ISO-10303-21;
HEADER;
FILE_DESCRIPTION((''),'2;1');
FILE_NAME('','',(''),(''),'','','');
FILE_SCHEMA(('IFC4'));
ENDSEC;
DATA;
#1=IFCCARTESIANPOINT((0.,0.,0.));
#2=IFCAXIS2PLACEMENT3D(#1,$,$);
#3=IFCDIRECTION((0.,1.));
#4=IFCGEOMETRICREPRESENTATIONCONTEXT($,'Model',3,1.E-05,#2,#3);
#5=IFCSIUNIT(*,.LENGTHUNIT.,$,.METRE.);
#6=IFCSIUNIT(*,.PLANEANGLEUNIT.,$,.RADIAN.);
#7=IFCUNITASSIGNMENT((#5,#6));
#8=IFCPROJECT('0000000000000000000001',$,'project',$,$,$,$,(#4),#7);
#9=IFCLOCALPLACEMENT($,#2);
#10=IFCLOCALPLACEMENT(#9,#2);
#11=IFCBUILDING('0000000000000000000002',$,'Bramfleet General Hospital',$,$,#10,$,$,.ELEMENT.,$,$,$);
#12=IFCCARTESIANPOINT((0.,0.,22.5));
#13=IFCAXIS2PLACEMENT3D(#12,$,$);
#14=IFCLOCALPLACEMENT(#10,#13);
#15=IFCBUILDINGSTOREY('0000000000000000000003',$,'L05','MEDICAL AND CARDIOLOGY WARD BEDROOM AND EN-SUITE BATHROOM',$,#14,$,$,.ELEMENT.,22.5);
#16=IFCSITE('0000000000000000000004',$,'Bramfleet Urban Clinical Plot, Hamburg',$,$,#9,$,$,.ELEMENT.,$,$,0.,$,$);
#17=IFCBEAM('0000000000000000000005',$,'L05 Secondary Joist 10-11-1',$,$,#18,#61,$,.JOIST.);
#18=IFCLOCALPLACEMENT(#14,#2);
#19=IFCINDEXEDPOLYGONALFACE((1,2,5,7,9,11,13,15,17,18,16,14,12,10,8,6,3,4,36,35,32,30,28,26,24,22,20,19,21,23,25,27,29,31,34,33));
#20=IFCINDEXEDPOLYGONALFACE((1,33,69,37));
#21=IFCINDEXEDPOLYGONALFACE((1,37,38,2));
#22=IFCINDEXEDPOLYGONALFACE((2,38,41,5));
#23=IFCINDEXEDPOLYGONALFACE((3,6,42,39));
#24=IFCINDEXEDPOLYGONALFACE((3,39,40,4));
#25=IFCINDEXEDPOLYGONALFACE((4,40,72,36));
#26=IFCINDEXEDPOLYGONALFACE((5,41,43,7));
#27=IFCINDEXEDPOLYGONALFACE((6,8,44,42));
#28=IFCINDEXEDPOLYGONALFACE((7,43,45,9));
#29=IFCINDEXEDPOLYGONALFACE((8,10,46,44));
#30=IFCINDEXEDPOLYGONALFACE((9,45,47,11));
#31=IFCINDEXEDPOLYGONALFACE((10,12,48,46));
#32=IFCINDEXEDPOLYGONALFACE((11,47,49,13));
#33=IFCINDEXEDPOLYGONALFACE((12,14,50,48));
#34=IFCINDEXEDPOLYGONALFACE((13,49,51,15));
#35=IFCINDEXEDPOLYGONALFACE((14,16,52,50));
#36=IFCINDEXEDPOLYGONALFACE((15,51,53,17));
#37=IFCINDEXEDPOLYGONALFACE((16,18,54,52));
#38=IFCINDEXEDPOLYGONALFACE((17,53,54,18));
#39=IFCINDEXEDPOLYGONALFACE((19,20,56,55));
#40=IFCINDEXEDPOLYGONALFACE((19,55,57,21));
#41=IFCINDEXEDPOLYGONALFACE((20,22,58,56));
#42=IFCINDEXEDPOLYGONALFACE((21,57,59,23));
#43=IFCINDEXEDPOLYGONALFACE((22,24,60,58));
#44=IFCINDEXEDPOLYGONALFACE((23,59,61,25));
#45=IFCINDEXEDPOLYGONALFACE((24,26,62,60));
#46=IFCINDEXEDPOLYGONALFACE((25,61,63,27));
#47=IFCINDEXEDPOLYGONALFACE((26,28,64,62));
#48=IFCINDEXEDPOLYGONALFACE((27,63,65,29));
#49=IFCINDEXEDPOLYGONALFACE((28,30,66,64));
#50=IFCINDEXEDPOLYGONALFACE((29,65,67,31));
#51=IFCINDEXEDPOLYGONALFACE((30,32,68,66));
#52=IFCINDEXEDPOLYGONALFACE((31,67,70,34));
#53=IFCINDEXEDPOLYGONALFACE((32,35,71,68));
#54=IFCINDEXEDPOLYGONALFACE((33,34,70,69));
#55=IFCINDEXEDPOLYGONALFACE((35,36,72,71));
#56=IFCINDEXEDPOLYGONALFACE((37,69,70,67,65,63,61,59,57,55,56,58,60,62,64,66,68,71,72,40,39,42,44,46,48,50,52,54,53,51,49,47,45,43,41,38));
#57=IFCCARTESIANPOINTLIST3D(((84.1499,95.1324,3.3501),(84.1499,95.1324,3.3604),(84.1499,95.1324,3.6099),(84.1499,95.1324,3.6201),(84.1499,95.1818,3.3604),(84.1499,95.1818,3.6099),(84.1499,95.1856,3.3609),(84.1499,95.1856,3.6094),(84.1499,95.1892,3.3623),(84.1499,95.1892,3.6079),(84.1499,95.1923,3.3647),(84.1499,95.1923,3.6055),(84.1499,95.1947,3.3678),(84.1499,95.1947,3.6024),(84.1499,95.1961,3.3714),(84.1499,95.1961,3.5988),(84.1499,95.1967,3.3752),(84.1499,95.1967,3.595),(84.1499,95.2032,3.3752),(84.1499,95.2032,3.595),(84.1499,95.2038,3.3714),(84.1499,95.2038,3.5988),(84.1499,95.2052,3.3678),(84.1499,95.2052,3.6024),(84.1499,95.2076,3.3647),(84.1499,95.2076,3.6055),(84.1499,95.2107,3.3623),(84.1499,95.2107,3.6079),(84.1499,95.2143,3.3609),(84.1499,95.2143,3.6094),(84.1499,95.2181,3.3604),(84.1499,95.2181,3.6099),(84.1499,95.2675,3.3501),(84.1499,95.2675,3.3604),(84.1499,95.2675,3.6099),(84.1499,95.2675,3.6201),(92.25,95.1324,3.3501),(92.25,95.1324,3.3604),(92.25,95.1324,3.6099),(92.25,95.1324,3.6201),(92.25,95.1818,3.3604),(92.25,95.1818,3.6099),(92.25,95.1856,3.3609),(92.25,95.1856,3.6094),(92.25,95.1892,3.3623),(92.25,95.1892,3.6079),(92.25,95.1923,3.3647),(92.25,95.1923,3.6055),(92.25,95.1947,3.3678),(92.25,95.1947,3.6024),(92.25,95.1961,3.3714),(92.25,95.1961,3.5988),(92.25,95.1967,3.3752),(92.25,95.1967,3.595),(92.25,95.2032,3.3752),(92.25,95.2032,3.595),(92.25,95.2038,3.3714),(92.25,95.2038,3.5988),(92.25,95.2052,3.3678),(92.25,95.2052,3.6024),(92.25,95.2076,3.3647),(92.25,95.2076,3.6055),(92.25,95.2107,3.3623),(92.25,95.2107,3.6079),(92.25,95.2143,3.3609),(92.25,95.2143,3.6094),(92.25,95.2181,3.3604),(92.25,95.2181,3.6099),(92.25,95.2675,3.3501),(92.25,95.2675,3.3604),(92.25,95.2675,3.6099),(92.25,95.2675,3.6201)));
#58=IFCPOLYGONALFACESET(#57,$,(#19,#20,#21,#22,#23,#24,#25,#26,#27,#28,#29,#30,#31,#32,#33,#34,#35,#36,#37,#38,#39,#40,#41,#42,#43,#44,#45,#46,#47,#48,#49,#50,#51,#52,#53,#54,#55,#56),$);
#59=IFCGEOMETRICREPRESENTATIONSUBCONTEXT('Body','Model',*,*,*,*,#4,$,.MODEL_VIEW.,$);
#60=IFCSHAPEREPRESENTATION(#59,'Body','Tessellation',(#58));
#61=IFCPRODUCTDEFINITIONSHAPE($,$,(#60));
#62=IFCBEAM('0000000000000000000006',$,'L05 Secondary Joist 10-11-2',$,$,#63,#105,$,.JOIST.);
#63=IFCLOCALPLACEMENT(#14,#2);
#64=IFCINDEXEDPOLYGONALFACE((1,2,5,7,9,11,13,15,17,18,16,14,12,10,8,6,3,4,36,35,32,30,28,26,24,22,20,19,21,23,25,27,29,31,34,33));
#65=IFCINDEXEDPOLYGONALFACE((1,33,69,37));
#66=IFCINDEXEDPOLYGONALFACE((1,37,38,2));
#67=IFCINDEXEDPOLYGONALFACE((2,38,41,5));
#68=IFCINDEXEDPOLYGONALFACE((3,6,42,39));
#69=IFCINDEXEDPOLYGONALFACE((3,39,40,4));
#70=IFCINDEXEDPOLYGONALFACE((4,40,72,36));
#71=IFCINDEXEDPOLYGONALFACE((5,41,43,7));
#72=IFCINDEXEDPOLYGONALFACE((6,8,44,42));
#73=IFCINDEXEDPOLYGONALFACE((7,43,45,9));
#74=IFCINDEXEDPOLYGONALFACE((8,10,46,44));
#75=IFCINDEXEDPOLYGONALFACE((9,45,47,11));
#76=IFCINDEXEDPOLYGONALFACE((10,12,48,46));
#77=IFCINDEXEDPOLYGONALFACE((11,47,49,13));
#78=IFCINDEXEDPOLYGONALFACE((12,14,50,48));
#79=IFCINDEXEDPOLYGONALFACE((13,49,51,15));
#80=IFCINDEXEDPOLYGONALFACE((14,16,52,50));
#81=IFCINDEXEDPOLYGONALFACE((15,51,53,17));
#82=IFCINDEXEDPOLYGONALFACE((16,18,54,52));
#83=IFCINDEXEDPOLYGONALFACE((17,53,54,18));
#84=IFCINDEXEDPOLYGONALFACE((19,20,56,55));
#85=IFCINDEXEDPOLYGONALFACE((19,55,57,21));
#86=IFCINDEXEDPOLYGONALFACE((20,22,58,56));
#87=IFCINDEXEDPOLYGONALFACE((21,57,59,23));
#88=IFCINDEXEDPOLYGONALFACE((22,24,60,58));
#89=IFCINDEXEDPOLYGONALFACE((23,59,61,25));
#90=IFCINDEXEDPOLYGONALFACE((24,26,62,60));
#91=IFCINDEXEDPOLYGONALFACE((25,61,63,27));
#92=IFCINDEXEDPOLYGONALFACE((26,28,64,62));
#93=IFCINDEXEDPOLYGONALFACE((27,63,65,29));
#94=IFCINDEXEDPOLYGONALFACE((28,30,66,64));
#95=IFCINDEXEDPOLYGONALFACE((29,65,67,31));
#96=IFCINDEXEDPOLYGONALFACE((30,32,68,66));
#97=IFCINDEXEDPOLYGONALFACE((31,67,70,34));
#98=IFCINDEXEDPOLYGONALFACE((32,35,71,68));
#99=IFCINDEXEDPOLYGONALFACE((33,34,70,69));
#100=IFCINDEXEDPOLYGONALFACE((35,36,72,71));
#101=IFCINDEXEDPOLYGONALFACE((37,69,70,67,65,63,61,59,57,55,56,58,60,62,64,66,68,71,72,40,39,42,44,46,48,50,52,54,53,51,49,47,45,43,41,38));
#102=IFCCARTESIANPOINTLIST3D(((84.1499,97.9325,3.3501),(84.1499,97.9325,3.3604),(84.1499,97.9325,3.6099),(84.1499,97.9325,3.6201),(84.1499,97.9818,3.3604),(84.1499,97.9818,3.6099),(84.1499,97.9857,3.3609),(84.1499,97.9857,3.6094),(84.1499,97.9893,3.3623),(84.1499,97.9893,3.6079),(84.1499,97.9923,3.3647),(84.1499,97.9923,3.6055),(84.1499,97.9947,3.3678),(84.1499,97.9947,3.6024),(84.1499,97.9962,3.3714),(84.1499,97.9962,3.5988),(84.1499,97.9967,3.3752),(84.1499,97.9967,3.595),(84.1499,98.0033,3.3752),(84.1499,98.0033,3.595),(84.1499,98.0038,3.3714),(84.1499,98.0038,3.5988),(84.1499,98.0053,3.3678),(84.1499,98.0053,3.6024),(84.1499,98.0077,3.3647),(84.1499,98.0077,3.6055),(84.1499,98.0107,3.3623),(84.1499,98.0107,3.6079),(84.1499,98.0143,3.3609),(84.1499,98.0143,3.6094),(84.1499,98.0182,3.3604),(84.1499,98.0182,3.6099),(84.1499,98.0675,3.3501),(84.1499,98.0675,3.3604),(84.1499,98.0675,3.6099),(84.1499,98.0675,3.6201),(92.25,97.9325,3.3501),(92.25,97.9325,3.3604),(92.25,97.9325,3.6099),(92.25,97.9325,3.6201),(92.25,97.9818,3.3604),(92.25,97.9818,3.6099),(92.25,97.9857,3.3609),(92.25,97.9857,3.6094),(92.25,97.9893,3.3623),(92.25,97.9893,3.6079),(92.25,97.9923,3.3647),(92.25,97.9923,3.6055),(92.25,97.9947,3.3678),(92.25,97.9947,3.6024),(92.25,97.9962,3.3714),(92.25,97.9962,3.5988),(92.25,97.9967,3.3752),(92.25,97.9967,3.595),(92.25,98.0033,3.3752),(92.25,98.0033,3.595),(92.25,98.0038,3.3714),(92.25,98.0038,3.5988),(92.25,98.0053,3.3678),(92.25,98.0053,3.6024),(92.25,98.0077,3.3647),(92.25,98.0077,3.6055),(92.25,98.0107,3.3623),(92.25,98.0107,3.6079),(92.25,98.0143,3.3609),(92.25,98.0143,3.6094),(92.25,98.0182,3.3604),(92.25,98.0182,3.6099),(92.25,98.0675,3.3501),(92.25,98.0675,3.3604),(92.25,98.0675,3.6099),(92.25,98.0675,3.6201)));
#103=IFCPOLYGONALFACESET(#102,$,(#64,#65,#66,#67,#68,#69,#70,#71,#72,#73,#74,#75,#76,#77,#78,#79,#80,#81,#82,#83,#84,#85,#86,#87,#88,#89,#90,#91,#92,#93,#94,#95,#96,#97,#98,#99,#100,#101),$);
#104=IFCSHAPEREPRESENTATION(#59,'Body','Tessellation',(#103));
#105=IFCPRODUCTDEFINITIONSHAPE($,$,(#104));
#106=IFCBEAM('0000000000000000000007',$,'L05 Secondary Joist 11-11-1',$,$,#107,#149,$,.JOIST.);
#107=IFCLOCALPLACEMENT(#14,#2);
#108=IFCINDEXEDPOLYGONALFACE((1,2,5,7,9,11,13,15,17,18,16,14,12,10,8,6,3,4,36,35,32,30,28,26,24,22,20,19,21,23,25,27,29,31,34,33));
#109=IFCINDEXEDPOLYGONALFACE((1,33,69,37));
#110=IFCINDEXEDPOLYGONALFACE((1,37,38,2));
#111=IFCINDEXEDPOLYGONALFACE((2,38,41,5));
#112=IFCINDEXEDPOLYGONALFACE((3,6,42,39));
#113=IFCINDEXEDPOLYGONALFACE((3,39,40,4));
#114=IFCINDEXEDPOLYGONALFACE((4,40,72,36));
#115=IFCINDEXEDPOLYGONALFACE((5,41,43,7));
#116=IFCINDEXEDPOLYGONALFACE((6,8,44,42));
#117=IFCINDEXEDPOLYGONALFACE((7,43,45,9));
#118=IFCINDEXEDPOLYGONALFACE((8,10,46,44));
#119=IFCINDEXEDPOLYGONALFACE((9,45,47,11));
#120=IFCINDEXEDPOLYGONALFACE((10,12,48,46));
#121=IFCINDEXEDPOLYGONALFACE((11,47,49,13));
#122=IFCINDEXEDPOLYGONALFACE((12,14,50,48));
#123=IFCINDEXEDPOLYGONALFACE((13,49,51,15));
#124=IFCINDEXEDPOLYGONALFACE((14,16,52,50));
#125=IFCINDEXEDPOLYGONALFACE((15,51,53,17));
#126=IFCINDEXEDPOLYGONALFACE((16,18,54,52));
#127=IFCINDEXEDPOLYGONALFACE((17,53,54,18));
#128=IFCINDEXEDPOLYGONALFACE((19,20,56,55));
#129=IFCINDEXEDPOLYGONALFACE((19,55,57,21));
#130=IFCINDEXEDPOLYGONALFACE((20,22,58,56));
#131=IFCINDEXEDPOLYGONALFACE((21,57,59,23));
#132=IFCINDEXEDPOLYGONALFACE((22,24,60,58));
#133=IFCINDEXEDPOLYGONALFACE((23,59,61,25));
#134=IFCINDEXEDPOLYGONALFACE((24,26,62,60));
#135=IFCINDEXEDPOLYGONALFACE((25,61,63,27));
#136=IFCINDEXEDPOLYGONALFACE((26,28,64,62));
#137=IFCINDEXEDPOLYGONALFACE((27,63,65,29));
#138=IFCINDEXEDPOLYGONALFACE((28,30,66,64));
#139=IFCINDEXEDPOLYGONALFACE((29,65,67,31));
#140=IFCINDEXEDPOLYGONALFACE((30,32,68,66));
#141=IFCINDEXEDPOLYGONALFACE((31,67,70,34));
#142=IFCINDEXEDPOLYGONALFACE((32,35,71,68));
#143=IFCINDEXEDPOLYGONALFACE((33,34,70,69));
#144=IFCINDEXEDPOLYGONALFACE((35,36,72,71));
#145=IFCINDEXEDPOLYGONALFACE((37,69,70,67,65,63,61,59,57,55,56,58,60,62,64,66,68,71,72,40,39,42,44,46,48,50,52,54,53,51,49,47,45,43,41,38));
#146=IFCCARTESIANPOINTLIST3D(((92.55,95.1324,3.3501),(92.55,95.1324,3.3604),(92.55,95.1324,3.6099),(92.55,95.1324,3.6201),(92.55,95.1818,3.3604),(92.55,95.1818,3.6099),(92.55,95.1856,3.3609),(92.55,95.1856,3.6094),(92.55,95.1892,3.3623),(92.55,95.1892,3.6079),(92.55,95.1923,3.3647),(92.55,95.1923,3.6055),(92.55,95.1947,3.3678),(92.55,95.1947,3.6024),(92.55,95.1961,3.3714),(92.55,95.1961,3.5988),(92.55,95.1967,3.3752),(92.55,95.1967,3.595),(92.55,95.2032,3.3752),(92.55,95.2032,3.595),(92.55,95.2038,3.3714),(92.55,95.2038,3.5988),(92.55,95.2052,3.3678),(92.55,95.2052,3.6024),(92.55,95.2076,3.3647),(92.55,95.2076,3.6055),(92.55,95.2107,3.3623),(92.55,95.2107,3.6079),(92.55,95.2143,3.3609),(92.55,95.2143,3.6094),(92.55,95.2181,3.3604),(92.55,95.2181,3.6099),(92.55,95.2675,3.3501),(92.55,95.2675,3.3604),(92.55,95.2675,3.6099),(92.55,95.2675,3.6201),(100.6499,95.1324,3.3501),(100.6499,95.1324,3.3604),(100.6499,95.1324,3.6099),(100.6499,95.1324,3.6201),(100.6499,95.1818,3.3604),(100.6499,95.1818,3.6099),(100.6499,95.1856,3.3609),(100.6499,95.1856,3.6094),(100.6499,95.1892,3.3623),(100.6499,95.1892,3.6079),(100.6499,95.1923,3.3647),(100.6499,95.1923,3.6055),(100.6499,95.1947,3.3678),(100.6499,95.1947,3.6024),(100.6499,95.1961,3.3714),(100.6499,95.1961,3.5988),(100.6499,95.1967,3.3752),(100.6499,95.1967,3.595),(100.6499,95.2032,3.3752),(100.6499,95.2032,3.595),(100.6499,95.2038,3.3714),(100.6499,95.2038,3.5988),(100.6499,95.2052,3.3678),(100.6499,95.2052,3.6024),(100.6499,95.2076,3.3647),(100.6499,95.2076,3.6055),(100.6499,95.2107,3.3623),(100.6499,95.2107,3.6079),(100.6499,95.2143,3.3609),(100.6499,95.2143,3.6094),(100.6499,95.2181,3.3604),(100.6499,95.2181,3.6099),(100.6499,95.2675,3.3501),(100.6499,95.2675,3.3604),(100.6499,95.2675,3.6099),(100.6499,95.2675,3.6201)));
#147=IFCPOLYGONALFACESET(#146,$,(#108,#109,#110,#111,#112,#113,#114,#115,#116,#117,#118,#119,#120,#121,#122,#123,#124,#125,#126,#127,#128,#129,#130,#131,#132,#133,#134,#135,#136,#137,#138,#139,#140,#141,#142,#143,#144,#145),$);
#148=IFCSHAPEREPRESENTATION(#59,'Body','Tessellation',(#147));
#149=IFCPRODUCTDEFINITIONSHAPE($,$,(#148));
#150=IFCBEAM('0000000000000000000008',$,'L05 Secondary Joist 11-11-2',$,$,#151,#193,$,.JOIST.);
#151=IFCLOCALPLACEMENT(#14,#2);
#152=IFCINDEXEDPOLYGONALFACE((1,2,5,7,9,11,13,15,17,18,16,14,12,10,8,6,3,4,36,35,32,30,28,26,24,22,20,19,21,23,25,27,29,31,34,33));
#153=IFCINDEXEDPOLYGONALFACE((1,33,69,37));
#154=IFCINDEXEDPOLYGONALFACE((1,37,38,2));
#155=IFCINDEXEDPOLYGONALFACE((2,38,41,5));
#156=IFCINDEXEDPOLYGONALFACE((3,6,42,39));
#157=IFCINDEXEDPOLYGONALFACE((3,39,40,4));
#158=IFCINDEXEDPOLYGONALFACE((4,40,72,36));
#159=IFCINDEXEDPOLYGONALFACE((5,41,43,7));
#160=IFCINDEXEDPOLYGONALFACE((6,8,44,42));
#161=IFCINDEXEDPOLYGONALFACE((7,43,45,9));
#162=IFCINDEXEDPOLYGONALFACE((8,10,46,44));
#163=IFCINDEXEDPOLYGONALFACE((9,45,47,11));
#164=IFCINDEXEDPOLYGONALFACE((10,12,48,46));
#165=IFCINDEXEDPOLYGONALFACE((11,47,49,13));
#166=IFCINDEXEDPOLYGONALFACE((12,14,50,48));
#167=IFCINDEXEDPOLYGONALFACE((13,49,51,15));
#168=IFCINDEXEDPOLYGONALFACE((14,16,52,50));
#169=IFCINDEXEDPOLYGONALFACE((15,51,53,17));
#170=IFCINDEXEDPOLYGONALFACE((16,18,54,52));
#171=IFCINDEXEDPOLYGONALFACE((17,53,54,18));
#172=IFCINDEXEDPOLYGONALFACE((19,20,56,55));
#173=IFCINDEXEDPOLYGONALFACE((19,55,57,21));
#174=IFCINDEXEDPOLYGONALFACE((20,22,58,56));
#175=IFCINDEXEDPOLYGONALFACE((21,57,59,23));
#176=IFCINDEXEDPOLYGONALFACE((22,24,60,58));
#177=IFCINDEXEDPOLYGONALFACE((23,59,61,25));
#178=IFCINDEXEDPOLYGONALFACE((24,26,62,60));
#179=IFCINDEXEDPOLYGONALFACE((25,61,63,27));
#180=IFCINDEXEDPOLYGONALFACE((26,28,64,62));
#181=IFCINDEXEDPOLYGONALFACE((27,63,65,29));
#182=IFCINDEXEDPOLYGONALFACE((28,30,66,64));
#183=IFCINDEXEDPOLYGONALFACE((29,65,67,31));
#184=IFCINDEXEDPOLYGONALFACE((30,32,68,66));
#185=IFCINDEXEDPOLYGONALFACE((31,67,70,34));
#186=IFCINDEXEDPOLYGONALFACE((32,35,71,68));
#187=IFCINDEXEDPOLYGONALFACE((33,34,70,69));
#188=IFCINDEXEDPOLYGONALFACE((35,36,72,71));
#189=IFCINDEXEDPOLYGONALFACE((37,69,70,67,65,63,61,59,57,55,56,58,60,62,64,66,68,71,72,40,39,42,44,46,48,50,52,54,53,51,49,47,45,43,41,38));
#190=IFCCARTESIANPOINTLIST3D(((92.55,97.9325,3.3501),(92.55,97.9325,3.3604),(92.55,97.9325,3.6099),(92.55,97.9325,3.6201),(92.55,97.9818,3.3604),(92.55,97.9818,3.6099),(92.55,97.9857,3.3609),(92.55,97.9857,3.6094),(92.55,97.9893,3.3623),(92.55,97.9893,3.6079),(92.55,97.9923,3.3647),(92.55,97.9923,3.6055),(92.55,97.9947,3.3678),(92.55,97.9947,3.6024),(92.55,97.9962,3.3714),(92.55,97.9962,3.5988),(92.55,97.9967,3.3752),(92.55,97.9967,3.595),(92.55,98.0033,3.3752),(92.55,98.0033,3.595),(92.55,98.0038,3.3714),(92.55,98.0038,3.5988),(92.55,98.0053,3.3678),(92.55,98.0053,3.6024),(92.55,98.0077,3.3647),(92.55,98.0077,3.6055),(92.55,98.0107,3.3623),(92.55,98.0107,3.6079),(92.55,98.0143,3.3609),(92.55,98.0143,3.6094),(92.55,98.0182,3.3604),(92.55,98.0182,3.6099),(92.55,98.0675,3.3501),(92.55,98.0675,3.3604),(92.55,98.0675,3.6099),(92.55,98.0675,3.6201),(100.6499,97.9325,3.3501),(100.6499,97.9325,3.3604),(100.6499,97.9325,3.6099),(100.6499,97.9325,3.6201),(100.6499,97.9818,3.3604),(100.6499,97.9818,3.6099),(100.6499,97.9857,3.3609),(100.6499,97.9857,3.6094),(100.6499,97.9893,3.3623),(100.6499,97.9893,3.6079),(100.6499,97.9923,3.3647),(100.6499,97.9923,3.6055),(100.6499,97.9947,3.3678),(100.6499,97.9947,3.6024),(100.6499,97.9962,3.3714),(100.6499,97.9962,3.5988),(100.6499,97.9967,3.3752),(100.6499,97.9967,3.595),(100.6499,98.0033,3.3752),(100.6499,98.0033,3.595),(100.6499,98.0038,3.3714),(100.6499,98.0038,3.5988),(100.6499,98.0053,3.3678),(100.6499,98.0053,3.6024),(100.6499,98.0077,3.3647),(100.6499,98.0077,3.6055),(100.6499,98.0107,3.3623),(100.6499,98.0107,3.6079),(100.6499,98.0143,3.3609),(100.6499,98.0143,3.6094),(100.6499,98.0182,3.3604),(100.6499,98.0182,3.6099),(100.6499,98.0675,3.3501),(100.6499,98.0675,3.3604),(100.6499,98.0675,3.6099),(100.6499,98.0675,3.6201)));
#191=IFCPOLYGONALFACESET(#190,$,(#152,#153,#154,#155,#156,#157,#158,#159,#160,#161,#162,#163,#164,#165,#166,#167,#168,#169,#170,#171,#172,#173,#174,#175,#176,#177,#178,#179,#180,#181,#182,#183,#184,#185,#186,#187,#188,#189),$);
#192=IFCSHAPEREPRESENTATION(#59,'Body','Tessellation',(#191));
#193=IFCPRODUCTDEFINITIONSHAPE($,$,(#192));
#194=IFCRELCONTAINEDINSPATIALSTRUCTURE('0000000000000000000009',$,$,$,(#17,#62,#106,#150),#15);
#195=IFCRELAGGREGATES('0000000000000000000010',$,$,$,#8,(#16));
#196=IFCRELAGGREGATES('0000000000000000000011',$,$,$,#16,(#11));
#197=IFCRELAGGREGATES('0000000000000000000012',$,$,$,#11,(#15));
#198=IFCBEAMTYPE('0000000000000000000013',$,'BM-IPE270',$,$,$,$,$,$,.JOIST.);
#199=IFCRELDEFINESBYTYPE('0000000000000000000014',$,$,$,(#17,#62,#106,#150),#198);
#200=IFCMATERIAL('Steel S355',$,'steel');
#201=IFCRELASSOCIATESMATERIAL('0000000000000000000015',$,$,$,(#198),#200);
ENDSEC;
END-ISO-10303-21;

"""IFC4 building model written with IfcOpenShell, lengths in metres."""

from ifc_helpers import new_model, si_unit, direction, frame, origin, origin_2d, place, context, subcontext, project, spatial, i_section, extrude, material, material_profile, profile_set, type_object, element, save


model = new_model("IFC4")

# Units and contexts
model_context = context("Model", 3, precision=1e-05, world=origin(), true_north=direction((0.0, 1.0)))
body_context = subcontext(model_context, "Body", "Model", "MODEL_VIEW")
ifc_project = project(units=[si_unit("LENGTHUNIT", "METRE"), si_unit("PLANEANGLEUNIT", "RADIAN")], contexts=[model_context])

# Site, building, storey
site_placement = place(None, origin())
site = spatial("IfcSite", under=ifc_project, at=site_placement, Name="Bramfleet Urban Clinical Plot, Hamburg", CompositionType="ELEMENT", RefElevation=0.0)
building_placement = place(site_placement, origin())
building = spatial("IfcBuilding", under=site, at=building_placement, Name="Bramfleet General Hospital", CompositionType="ELEMENT")
storey_placement = place(building_placement, frame((0.0, 0.0, 22.5)))
storey = spatial("IfcBuildingStorey", under=building, at=storey_placement, Name="L05", Description="MEDICAL AND CARDIOLOGY WARD BEDROOM AND EN-SUITE BATHROOM", CompositionType="ELEMENT", Elevation=22.5)

# Beams
ifc_material_1 = material(Name="Steel S355", Category="steel")
ifc_material_profile_1 = material_profile(ifc_material_1, i_section(OverallWidth=0.135, OverallDepth=0.27, WebThickness=0.0066, FlangeThickness=0.0103, FilletRadius=0.0149, at=origin_2d()), Name="IPE 270")
ifc_profile_set_1 = profile_set([ifc_material_profile_1], Name="Steel S355")
beam_type_1 = type_object("IfcBeamType", Name="BM-IPE270", PredefinedType="JOIST", material=ifc_profile_set_1)
for number, where, z_axis, x_axis, name in (
    (1, (84.1499, 95.2, 3.4851), (1.0, 0.0, 0.0), (0.0, 1.0, 0.0), "L05 Secondary Joist 10-11-1"),
    (2, (84.1499, 98.0, 3.4851), (1.0, 0.0, 0.0), (0.0, 1.0, 0.0), "L05 Secondary Joist 10-11-2"),
):
    element("IfcBeam", number, at=place(storey_placement, frame(where, z_axis=z_axis, x_axis=x_axis)), inside=storey, type_object=beam_type_1, Name=name, PredefinedType="JOIST", context=body_context, shape_type="SweptSolid", body=[
        extrude(i_section(OverallWidth=0.135, OverallDepth=0.27, WebThickness=0.0066, FlangeThickness=0.0103, FilletRadius=0.0149, at=origin_2d()), origin(), (0.0, 0.0, 1.0), 8.1001),
    ])
for number, where, z_axis, x_axis, name in (
    (3, (92.55, 95.2, 3.4851), (1.0, 0.0, 0.0), (0.0, 1.0, 0.0), "L05 Secondary Joist 11-11-1"),
    (4, (92.55, 98.0, 3.4851), (1.0, 0.0, 0.0), (0.0, 1.0, 0.0), "L05 Secondary Joist 11-11-2"),
):
    element("IfcBeam", number, at=place(storey_placement, frame(where, z_axis=z_axis, x_axis=x_axis)), inside=storey, type_object=beam_type_1, Name=name, PredefinedType="JOIST", context=body_context, shape_type="SweptSolid", body=[
        extrude(i_section(OverallWidth=0.135, OverallDepth=0.27, WebThickness=0.0066, FlangeThickness=0.0103, FilletRadius=0.0149, at=origin_2d()), origin(), (0.0, 0.0, 1.0), 8.0999),
    ])

save(model, "model.ifc")
